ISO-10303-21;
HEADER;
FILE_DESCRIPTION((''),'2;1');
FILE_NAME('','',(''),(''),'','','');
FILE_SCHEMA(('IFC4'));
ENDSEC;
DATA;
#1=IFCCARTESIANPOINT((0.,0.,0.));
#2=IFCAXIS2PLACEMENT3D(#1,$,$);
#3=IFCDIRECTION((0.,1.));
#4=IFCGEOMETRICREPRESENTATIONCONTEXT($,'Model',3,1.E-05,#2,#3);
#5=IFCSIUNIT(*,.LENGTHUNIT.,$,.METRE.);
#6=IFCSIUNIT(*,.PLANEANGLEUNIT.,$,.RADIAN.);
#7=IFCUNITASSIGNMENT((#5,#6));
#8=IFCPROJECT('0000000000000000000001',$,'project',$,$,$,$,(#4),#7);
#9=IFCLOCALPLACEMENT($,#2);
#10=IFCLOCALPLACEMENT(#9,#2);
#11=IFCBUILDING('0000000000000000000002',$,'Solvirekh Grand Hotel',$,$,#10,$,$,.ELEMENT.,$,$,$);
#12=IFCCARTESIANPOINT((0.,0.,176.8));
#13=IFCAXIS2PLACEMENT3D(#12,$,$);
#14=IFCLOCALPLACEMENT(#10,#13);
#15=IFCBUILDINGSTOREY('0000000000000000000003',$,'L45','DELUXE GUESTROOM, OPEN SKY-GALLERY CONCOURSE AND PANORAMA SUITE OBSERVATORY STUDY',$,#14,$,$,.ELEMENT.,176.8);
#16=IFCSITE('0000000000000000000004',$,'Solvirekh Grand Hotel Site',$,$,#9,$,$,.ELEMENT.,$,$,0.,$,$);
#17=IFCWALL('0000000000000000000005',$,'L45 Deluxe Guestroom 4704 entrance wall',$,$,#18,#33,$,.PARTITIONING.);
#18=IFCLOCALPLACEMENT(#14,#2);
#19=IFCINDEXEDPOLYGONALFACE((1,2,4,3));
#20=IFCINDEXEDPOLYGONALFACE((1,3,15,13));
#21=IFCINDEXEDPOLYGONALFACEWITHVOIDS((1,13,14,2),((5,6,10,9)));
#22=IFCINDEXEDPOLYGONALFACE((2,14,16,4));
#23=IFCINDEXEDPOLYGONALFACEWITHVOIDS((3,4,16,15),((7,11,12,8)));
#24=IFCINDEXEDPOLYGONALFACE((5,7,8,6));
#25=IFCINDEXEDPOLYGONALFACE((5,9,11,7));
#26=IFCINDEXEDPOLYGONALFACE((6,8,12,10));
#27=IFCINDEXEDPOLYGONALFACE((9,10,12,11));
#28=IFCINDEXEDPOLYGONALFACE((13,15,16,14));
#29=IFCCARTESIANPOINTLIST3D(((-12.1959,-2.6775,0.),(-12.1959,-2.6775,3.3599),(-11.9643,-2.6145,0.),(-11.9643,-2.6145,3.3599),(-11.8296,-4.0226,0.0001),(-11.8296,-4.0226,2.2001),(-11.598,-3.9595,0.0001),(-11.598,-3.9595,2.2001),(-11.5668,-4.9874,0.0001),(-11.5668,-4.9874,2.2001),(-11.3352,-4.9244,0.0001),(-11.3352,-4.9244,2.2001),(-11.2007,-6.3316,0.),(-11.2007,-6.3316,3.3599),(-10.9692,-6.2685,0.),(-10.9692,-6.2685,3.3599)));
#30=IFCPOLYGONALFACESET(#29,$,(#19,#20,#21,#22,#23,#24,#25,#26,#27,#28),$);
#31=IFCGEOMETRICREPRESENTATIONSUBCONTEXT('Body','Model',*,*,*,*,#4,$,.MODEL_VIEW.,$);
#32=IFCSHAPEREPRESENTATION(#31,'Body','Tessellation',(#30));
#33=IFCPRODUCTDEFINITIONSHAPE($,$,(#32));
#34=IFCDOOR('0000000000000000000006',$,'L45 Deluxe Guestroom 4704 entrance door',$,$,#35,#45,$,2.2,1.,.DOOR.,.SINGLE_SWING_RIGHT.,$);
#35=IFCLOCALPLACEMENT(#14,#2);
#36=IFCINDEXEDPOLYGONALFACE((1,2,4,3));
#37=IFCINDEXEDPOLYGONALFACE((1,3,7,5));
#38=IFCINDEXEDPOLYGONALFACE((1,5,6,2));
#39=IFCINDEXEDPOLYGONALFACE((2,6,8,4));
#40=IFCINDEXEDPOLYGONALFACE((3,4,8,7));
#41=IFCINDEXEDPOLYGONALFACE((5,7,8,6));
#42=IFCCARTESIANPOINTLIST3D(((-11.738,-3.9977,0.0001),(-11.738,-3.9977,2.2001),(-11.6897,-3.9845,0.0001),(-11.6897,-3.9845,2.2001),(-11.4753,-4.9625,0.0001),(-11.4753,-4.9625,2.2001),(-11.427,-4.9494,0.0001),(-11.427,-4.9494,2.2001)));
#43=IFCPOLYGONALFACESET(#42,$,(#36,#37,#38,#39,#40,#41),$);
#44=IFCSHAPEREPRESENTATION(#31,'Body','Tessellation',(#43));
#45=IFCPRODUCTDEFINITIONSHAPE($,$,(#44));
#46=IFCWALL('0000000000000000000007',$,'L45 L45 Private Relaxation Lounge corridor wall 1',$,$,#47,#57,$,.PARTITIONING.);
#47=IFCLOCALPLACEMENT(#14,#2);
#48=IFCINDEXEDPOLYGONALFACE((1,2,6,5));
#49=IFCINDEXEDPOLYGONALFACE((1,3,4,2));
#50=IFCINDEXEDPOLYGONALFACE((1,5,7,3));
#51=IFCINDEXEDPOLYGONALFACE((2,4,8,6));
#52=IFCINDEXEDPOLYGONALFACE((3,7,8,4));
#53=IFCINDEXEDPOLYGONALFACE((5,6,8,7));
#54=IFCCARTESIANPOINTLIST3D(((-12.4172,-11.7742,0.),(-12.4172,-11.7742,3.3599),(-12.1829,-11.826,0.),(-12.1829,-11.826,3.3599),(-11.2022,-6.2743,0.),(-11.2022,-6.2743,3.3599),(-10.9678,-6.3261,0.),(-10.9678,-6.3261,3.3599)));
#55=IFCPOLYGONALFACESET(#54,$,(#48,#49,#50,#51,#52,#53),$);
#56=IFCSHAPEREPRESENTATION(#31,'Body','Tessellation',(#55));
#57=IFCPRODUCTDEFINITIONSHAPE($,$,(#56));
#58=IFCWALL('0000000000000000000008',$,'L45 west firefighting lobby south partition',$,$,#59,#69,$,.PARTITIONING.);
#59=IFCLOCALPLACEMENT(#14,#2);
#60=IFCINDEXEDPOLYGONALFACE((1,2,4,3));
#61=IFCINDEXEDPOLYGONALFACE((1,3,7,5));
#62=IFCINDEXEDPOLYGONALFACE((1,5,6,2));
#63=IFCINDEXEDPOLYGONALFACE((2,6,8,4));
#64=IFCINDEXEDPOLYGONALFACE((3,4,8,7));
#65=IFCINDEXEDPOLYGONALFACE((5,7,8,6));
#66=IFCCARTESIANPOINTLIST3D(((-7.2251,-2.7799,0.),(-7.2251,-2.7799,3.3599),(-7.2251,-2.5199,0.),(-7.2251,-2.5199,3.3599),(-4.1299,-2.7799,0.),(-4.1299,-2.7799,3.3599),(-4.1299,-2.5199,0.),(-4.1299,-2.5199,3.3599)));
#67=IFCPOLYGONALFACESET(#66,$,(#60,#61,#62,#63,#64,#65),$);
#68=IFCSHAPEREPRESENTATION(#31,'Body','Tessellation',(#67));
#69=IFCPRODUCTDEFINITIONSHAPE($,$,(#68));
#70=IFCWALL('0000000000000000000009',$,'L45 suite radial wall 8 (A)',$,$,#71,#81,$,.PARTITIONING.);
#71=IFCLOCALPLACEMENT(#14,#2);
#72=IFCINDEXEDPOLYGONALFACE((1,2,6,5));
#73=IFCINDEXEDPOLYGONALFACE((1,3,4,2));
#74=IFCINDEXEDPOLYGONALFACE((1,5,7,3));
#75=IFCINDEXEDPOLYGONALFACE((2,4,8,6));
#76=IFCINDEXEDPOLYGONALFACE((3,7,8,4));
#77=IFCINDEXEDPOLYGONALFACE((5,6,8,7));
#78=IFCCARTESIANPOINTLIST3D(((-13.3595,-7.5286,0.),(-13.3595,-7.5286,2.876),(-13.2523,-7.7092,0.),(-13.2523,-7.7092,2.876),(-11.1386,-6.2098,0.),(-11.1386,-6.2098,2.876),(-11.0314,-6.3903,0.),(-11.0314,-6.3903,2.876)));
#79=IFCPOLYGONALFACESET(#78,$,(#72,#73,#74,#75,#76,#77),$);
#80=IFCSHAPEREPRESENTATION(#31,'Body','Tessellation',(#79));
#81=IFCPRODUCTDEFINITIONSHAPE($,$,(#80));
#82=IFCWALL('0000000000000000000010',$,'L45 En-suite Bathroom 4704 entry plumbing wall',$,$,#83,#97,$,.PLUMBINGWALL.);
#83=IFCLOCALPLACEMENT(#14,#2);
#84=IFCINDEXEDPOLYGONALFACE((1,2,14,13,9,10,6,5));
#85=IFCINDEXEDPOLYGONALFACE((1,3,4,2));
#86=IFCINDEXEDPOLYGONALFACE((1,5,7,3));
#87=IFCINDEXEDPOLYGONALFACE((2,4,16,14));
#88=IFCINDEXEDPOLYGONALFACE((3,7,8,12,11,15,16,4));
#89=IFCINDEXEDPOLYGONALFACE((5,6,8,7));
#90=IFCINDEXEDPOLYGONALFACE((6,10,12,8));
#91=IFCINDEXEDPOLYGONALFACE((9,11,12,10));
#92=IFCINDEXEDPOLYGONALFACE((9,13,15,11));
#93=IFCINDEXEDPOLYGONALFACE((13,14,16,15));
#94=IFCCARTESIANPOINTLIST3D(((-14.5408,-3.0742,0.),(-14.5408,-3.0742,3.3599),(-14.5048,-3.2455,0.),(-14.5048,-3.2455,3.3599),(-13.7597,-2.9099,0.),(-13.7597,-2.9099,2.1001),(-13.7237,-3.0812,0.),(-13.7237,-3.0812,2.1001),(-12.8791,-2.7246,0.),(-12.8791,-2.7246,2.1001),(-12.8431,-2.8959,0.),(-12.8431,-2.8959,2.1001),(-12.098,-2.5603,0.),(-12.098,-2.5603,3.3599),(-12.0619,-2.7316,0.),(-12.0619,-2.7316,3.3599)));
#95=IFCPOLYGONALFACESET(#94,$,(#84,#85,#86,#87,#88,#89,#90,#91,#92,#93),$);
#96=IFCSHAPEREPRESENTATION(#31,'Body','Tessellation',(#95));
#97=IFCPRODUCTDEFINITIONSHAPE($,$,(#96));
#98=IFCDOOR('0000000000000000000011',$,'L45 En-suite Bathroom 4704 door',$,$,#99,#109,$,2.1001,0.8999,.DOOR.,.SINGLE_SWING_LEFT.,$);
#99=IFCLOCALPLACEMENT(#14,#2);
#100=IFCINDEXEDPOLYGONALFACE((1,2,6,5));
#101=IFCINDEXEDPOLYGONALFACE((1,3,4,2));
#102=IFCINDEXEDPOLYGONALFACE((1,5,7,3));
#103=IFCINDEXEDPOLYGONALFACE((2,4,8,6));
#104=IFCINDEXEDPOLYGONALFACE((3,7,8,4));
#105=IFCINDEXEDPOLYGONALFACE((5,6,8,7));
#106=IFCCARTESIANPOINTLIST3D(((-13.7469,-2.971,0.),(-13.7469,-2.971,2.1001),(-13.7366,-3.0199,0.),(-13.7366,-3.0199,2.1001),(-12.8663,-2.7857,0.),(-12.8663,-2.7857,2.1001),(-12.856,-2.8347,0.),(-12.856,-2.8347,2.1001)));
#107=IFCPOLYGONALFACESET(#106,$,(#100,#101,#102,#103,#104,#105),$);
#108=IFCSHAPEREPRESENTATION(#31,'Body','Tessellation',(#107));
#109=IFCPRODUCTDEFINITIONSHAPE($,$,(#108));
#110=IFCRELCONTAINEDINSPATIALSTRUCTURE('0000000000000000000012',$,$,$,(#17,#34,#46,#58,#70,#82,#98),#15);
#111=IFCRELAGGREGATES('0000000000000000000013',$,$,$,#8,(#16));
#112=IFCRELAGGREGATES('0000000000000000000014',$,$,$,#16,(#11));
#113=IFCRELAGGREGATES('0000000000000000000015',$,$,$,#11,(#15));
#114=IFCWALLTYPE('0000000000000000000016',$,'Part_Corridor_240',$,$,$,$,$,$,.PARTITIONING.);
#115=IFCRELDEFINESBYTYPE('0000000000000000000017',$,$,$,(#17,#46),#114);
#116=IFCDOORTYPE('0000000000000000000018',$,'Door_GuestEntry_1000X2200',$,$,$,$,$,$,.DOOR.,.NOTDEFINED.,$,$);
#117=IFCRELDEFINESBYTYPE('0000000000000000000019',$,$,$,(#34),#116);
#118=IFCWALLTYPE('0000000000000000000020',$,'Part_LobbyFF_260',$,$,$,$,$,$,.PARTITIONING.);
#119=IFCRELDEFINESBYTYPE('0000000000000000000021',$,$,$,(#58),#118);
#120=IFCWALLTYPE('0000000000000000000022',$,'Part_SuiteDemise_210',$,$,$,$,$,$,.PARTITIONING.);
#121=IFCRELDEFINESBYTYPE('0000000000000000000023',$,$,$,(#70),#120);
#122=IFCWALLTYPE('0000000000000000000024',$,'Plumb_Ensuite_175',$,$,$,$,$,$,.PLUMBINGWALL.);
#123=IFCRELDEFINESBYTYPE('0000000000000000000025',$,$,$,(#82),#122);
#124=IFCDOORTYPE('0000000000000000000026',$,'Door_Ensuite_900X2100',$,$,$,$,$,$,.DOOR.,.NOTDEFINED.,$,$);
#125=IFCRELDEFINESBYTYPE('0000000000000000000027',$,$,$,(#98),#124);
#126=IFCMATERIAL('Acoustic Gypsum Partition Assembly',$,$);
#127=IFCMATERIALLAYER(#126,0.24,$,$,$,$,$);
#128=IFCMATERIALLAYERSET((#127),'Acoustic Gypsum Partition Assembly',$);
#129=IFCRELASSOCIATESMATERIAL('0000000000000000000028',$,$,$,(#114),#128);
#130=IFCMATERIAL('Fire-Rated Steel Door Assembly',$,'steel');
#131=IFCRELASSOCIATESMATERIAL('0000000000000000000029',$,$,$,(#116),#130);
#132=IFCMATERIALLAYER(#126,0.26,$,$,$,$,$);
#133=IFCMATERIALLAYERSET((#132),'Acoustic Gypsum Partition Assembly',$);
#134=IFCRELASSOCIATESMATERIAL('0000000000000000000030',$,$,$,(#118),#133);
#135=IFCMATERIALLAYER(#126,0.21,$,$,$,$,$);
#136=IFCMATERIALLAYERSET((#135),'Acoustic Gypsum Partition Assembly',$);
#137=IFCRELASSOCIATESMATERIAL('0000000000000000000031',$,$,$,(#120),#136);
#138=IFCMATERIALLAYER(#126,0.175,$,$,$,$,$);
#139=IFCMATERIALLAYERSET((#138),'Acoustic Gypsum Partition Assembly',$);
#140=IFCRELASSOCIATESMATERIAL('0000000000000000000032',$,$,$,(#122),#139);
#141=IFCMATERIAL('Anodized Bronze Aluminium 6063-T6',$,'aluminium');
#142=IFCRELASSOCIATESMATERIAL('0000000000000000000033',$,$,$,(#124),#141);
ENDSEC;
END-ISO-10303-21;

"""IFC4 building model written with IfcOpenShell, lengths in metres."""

from ifc_helpers import new_model, si_unit, direction, frame, frame_2d, origin, place, context, subcontext, project, spatial, rectangle, extrude, material, layer, layer_set, type_object, element, fill, save


model = new_model("IFC4")

# Units and contexts
model_context = context("Model", 3, precision=1e-05, world=origin(), true_north=direction((0.0, 1.0)))
body_context = subcontext(model_context, "Body", "Model", "MODEL_VIEW")
ifc_project = project(units=[si_unit("LENGTHUNIT", "METRE"), si_unit("PLANEANGLEUNIT", "RADIAN")], contexts=[model_context])

# Site, building, storey
site_placement = place(None, origin())
site = spatial("IfcSite", under=ifc_project, at=site_placement, Name="Solvirekh Grand Hotel Site", CompositionType="ELEMENT", RefElevation=0.0)
building_placement = place(site_placement, origin())
building = spatial("IfcBuilding", under=site, at=building_placement, Name="Solvirekh Grand Hotel", CompositionType="ELEMENT")
storey_placement = place(building_placement, frame((0.0, 0.0, 176.8)))
storey = spatial("IfcBuildingStorey", under=building, at=storey_placement, Name="L45", Description="DELUXE GUESTROOM, OPEN SKY-GALLERY CONCOURSE AND PANORAMA SUITE OBSERVATORY STUDY", CompositionType="ELEMENT", Elevation=176.8)

# Shared definitions
ifc_material_1 = material(Name="Anodized Bronze Aluminium 6063-T6", Category="aluminium")

# Shared definitions
ifc_material_2 = material(Name="Acoustic Gypsum Partition Assembly")

# Wall, opening, door
ifc_layer_1 = layer(ifc_material_2, 0.24)
ifc_layer_set_1 = layer_set([ifc_layer_1], Name="Acoustic Gypsum Partition Assembly")
wall_type_1 = type_object("IfcWallType", Name="Part_Corridor_240", PredefinedType="PARTITIONING", material=ifc_layer_set_1)
ifc_material_3 = material(Name="Fire-Rated Steel Door Assembly", Category="steel")
wall_1_placement = place(storey_placement, frame((-12.0801, -2.646, 0.0), z_axis=(0.0, 0.0, 1.0), x_axis=(0.262763, -0.96486, 0.0)))
wall_1 = element("IfcWall", 1, at=wall_1_placement, inside=storey, type_object=wall_type_1, Name="L45 Deluxe Guestroom 4704 entrance wall", PredefinedType="PARTITIONING", context=body_context, shape_type="SweptSolid", body=[
    extrude(rectangle(XDim=3.7871, YDim=0.24, at=frame_2d((1.8936, 0.0))), origin(), (0.0, 0.0, 1.0), 3.3599),
])
opening_1_placement = place(wall_1_placement, frame((1.394, 0.0, 0.0)))
opening_1 = element("IfcOpeningElement", 2, at=opening_1_placement, cuts=wall_1, PredefinedType="OPENING", context=body_context, shape_type="SweptSolid", body=[
    extrude(rectangle(XDim=1.0, YDim=2.2, at=frame_2d((0.5, 1.1001))), frame((0.0, 0.1299, 0.0), z_axis=(0.0, -1.0, 0.0), x_axis=(1.0, 0.0, 0.0)), (0.0, 0.0, 1.0), 0.26),
])
door_type_1 = type_object("IfcDoorType", Name="Door_GuestEntry_1000X2200", OperationType="NOTDEFINED", PredefinedType="DOOR", material=ifc_material_3)
door_1_placement = place(opening_1_placement, origin())
door_1 = element("IfcDoor", 3, at=door_1_placement, inside=storey, type_object=door_type_1, Name="L45 Deluxe Guestroom 4704 entrance door", OperationType="SINGLE_SWING_RIGHT", OverallHeight=2.2, OverallWidth=1.0, PredefinedType="DOOR", context=body_context, shape_type="SweptSolid", body=[
    extrude(rectangle(XDim=1.0, YDim=2.2, at=frame_2d((0.5, 1.1001))), frame((0.0, 0.0249, 0.0), z_axis=(0.0, -1.0, 0.0), x_axis=(1.0, 0.0, 0.0)), (0.0, 0.0, 1.0), 0.05),
])
fill(opening_1, door_1)

# Walls
wall_2_placement = place(storey_placement, frame((-11.085, -6.3, 0.0), z_axis=(0.0, 0.0, 1.0), x_axis=(-0.215723, -0.976455, 0.0)))
element("IfcWall", 4, at=wall_2_placement, inside=storey, type_object=wall_type_1, Name="L45 L45 Private Relaxation Lounge corridor wall 1", PredefinedType="PARTITIONING", context=body_context, shape_type="SweptSolid", body=[
    extrude(rectangle(XDim=5.6326, YDim=0.24, at=frame_2d((2.8164, 0.0))), origin(), (0.0, 0.0, 1.0), 3.3599),
])
ifc_layer_2 = layer(ifc_material_2, 0.26)
ifc_layer_set_2 = layer_set([ifc_layer_2], Name="Acoustic Gypsum Partition Assembly")
wall_type_2 = type_object("IfcWallType", Name="Part_LobbyFF_260", PredefinedType="PARTITIONING", material=ifc_layer_set_2)
wall_3_placement = place(storey_placement, frame((-7.2251, -2.6499, 0.0), z_axis=(0.0, 0.0, 1.0), x_axis=(1.0, 0.0, 0.0)))
element("IfcWall", 5, at=wall_3_placement, inside=storey, type_object=wall_type_2, Name="L45 west firefighting lobby south partition", PredefinedType="PARTITIONING", context=body_context, shape_type="SweptSolid", body=[
    extrude(rectangle(XDim=3.0952, YDim=0.26, at=frame_2d((1.5476, 0.0))), origin(), (0.0, 0.0, 1.0), 3.3599),
])
ifc_layer_3 = layer(ifc_material_2, 0.21)
ifc_layer_set_3 = layer_set([ifc_layer_3], Name="Acoustic Gypsum Partition Assembly")
wall_type_3 = type_object("IfcWallType", Name="Part_SuiteDemise_210", PredefinedType="PARTITIONING", material=ifc_layer_set_3)
wall_4_placement = place(storey_placement, frame((-11.085, -6.3, 0.0), z_axis=(0.0, 0.0, 1.0), x_axis=(-0.859828, -0.510585, 0.0)))
element("IfcWall", 6, at=wall_4_placement, inside=storey, type_object=wall_type_3, Name="L45 suite radial wall 8 (A)", PredefinedType="PARTITIONING", context=body_context, shape_type="SweptSolid", body=[
    extrude(rectangle(XDim=2.583, YDim=0.21, at=frame_2d((1.2915, 0.0))), origin(), (0.0, 0.0, 1.0), 2.876),
])

# Wall, opening, door
ifc_layer_4 = layer(ifc_material_2, 0.175)
ifc_layer_set_4 = layer_set([ifc_layer_4], Name="Acoustic Gypsum Partition Assembly")
wall_type_4 = type_object("IfcWallType", Name="Plumb_Ensuite_175", PredefinedType="PLUMBINGWALL", material=ifc_layer_set_4)
wall_5_placement = place(storey_placement, frame((-12.0801, -2.646, 0.0), z_axis=(0.0, 0.0, 1.0), x_axis=(-0.97858, -0.205868, 0.0)))
wall_5 = element("IfcWall", 7, at=wall_5_placement, inside=storey, type_object=wall_type_4, Name="L45 En-suite Bathroom 4704 entry plumbing wall", PredefinedType="PLUMBINGWALL", context=body_context, shape_type="SweptSolid", body=[
    extrude(rectangle(XDim=2.4963, YDim=0.175, at=frame_2d((1.248, 0.0))), origin(), (0.0, 0.0, 1.0), 3.3599),
])
opening_2_placement = place(wall_5_placement, frame((0.7981, 0.0, 0.0)))
opening_2 = element("IfcOpeningElement", 8, at=opening_2_placement, cuts=wall_5, PredefinedType="OPENING", context=body_context, shape_type="SweptSolid", body=[
    extrude(rectangle(XDim=0.8999, YDim=2.1001, at=frame_2d((0.45, 1.05))), frame((0.0, 0.0977, 0.0), z_axis=(0.0, -1.0, 0.0), x_axis=(1.0, 0.0, 0.0)), (0.0, 0.0, 1.0), 0.1951),
])
door_type_2 = type_object("IfcDoorType", Name="Door_Ensuite_900X2100", OperationType="NOTDEFINED", PredefinedType="DOOR", material=ifc_material_1)
door_2_placement = place(opening_2_placement, origin())
door_2 = element("IfcDoor", 9, at=door_2_placement, inside=storey, type_object=door_type_2, Name="L45 En-suite Bathroom 4704 door", OperationType="SINGLE_SWING_LEFT", OverallHeight=2.1001, OverallWidth=0.8999, PredefinedType="DOOR", context=body_context, shape_type="SweptSolid", body=[
    extrude(rectangle(XDim=0.8999, YDim=2.1001, at=frame_2d((0.45, 1.05))), frame((0.0, 0.0249, 0.0), z_axis=(0.0, -1.0, 0.0), x_axis=(1.0, 0.0, 0.0)), (0.0, 0.0, 1.0), 0.05),
])
fill(opening_2, door_2)

save(model, "model.ifc")
